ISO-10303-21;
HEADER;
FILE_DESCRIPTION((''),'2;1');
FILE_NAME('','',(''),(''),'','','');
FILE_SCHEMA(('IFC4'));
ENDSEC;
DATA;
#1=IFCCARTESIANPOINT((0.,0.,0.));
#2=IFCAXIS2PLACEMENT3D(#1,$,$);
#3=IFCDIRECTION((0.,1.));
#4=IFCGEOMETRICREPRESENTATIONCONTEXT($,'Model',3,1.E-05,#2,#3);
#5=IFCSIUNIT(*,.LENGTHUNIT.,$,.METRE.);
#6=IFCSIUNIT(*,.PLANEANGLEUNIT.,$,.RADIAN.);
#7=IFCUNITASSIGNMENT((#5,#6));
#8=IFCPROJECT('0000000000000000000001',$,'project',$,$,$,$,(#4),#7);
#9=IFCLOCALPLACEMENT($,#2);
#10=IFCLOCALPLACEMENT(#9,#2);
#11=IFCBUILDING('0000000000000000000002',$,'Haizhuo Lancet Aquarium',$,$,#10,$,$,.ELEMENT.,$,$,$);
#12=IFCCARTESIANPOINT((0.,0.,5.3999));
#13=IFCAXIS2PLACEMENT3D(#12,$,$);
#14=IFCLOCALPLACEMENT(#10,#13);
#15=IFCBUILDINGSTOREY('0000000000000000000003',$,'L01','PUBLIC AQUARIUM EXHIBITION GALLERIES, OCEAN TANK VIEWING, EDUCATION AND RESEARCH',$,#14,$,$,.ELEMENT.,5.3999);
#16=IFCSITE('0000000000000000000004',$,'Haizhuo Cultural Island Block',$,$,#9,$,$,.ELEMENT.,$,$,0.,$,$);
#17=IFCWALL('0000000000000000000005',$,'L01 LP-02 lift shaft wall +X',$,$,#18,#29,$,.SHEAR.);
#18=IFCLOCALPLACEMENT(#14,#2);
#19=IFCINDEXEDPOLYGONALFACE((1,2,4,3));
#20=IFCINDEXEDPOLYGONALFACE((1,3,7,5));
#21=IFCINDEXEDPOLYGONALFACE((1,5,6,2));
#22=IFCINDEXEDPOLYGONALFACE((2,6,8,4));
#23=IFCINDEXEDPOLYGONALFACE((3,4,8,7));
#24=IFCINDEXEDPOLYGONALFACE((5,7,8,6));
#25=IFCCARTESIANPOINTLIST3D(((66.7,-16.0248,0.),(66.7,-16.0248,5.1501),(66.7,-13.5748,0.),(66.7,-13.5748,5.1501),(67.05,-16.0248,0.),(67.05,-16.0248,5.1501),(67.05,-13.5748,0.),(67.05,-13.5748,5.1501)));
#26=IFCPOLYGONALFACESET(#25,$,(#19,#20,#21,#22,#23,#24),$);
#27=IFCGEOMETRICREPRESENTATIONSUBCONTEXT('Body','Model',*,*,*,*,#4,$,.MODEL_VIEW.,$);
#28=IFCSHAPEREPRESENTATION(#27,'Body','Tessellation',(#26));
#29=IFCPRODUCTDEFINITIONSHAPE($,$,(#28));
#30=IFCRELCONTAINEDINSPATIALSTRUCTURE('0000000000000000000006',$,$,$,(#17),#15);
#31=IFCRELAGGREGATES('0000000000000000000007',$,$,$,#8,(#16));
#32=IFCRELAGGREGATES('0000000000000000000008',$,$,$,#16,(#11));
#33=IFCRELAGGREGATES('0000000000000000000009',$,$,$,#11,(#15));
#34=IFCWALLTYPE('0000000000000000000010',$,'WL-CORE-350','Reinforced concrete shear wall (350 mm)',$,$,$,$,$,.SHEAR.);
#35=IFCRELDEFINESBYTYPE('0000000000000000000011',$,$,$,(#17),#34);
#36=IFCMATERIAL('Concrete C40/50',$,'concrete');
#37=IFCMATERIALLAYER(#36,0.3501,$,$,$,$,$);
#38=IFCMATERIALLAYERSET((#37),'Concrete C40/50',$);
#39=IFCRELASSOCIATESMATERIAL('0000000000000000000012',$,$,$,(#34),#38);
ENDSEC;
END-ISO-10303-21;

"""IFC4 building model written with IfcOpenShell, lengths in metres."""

from ifc_helpers import new_model, si_unit, direction, frame, frame_2d, origin, place, context, subcontext, project, spatial, rectangle, extrude, material, layer, layer_set, type_object, element, save


model = new_model("IFC4")

# Units and contexts
model_context = context("Model", 3, precision=1e-05, world=origin(), true_north=direction((0.0, 1.0)))
body_context = subcontext(model_context, "Body", "Model", "MODEL_VIEW")
ifc_project = project(units=[si_unit("LENGTHUNIT", "METRE"), si_unit("PLANEANGLEUNIT", "RADIAN")], contexts=[model_context])

# Site, building, storey
site_placement = place(None, origin())
site = spatial("IfcSite", under=ifc_project, at=site_placement, Name="Haizhuo Cultural Island Block", CompositionType="ELEMENT", RefElevation=0.0)
building_placement = place(site_placement, origin())
building = spatial("IfcBuilding", under=site, at=building_placement, Name="Haizhuo Lancet Aquarium", CompositionType="ELEMENT")
storey_placement = place(building_placement, frame((0.0, 0.0, 5.3999)))
storey = spatial("IfcBuildingStorey", under=building, at=storey_placement, Name="L01", Description="PUBLIC AQUARIUM EXHIBITION GALLERIES, OCEAN TANK VIEWING, EDUCATION AND RESEARCH", CompositionType="ELEMENT", Elevation=5.3999)

# Shared definitions
ifc_material_1 = material(Name="Concrete C40/50", Category="concrete")

# Shared definitions
ifc_layer_1 = layer(ifc_material_1, 0.3501)
ifc_layer_set_1 = layer_set([ifc_layer_1], Name="Concrete C40/50")
wall_type_1 = type_object("IfcWallType", Name="WL-CORE-350", Description="Reinforced concrete shear wall (350 mm)", PredefinedType="SHEAR", material=ifc_layer_set_1)

# Wall
for number, where, z_axis, x_axis, name in (
    (1, (66.875, -16.0249, 0.0), (0.0, 0.0, 1.0), (0.0, 1.0, 0.0), "L01 LP-02 lift shaft wall +X"),
):
    element("IfcWall", number, at=place(storey_placement, frame(where, z_axis=z_axis, x_axis=x_axis)), inside=storey, type_object=wall_type_1, Name=name, PredefinedType="SHEAR", context=body_context, shape_type="SweptSolid", body=[
        extrude(rectangle(XDim=2.45, YDim=0.3501, at=frame_2d((1.2251, 0.0))), origin(), (0.0, 0.0, 1.0), 5.1501),
    ])

save(model, "model.ifc")
